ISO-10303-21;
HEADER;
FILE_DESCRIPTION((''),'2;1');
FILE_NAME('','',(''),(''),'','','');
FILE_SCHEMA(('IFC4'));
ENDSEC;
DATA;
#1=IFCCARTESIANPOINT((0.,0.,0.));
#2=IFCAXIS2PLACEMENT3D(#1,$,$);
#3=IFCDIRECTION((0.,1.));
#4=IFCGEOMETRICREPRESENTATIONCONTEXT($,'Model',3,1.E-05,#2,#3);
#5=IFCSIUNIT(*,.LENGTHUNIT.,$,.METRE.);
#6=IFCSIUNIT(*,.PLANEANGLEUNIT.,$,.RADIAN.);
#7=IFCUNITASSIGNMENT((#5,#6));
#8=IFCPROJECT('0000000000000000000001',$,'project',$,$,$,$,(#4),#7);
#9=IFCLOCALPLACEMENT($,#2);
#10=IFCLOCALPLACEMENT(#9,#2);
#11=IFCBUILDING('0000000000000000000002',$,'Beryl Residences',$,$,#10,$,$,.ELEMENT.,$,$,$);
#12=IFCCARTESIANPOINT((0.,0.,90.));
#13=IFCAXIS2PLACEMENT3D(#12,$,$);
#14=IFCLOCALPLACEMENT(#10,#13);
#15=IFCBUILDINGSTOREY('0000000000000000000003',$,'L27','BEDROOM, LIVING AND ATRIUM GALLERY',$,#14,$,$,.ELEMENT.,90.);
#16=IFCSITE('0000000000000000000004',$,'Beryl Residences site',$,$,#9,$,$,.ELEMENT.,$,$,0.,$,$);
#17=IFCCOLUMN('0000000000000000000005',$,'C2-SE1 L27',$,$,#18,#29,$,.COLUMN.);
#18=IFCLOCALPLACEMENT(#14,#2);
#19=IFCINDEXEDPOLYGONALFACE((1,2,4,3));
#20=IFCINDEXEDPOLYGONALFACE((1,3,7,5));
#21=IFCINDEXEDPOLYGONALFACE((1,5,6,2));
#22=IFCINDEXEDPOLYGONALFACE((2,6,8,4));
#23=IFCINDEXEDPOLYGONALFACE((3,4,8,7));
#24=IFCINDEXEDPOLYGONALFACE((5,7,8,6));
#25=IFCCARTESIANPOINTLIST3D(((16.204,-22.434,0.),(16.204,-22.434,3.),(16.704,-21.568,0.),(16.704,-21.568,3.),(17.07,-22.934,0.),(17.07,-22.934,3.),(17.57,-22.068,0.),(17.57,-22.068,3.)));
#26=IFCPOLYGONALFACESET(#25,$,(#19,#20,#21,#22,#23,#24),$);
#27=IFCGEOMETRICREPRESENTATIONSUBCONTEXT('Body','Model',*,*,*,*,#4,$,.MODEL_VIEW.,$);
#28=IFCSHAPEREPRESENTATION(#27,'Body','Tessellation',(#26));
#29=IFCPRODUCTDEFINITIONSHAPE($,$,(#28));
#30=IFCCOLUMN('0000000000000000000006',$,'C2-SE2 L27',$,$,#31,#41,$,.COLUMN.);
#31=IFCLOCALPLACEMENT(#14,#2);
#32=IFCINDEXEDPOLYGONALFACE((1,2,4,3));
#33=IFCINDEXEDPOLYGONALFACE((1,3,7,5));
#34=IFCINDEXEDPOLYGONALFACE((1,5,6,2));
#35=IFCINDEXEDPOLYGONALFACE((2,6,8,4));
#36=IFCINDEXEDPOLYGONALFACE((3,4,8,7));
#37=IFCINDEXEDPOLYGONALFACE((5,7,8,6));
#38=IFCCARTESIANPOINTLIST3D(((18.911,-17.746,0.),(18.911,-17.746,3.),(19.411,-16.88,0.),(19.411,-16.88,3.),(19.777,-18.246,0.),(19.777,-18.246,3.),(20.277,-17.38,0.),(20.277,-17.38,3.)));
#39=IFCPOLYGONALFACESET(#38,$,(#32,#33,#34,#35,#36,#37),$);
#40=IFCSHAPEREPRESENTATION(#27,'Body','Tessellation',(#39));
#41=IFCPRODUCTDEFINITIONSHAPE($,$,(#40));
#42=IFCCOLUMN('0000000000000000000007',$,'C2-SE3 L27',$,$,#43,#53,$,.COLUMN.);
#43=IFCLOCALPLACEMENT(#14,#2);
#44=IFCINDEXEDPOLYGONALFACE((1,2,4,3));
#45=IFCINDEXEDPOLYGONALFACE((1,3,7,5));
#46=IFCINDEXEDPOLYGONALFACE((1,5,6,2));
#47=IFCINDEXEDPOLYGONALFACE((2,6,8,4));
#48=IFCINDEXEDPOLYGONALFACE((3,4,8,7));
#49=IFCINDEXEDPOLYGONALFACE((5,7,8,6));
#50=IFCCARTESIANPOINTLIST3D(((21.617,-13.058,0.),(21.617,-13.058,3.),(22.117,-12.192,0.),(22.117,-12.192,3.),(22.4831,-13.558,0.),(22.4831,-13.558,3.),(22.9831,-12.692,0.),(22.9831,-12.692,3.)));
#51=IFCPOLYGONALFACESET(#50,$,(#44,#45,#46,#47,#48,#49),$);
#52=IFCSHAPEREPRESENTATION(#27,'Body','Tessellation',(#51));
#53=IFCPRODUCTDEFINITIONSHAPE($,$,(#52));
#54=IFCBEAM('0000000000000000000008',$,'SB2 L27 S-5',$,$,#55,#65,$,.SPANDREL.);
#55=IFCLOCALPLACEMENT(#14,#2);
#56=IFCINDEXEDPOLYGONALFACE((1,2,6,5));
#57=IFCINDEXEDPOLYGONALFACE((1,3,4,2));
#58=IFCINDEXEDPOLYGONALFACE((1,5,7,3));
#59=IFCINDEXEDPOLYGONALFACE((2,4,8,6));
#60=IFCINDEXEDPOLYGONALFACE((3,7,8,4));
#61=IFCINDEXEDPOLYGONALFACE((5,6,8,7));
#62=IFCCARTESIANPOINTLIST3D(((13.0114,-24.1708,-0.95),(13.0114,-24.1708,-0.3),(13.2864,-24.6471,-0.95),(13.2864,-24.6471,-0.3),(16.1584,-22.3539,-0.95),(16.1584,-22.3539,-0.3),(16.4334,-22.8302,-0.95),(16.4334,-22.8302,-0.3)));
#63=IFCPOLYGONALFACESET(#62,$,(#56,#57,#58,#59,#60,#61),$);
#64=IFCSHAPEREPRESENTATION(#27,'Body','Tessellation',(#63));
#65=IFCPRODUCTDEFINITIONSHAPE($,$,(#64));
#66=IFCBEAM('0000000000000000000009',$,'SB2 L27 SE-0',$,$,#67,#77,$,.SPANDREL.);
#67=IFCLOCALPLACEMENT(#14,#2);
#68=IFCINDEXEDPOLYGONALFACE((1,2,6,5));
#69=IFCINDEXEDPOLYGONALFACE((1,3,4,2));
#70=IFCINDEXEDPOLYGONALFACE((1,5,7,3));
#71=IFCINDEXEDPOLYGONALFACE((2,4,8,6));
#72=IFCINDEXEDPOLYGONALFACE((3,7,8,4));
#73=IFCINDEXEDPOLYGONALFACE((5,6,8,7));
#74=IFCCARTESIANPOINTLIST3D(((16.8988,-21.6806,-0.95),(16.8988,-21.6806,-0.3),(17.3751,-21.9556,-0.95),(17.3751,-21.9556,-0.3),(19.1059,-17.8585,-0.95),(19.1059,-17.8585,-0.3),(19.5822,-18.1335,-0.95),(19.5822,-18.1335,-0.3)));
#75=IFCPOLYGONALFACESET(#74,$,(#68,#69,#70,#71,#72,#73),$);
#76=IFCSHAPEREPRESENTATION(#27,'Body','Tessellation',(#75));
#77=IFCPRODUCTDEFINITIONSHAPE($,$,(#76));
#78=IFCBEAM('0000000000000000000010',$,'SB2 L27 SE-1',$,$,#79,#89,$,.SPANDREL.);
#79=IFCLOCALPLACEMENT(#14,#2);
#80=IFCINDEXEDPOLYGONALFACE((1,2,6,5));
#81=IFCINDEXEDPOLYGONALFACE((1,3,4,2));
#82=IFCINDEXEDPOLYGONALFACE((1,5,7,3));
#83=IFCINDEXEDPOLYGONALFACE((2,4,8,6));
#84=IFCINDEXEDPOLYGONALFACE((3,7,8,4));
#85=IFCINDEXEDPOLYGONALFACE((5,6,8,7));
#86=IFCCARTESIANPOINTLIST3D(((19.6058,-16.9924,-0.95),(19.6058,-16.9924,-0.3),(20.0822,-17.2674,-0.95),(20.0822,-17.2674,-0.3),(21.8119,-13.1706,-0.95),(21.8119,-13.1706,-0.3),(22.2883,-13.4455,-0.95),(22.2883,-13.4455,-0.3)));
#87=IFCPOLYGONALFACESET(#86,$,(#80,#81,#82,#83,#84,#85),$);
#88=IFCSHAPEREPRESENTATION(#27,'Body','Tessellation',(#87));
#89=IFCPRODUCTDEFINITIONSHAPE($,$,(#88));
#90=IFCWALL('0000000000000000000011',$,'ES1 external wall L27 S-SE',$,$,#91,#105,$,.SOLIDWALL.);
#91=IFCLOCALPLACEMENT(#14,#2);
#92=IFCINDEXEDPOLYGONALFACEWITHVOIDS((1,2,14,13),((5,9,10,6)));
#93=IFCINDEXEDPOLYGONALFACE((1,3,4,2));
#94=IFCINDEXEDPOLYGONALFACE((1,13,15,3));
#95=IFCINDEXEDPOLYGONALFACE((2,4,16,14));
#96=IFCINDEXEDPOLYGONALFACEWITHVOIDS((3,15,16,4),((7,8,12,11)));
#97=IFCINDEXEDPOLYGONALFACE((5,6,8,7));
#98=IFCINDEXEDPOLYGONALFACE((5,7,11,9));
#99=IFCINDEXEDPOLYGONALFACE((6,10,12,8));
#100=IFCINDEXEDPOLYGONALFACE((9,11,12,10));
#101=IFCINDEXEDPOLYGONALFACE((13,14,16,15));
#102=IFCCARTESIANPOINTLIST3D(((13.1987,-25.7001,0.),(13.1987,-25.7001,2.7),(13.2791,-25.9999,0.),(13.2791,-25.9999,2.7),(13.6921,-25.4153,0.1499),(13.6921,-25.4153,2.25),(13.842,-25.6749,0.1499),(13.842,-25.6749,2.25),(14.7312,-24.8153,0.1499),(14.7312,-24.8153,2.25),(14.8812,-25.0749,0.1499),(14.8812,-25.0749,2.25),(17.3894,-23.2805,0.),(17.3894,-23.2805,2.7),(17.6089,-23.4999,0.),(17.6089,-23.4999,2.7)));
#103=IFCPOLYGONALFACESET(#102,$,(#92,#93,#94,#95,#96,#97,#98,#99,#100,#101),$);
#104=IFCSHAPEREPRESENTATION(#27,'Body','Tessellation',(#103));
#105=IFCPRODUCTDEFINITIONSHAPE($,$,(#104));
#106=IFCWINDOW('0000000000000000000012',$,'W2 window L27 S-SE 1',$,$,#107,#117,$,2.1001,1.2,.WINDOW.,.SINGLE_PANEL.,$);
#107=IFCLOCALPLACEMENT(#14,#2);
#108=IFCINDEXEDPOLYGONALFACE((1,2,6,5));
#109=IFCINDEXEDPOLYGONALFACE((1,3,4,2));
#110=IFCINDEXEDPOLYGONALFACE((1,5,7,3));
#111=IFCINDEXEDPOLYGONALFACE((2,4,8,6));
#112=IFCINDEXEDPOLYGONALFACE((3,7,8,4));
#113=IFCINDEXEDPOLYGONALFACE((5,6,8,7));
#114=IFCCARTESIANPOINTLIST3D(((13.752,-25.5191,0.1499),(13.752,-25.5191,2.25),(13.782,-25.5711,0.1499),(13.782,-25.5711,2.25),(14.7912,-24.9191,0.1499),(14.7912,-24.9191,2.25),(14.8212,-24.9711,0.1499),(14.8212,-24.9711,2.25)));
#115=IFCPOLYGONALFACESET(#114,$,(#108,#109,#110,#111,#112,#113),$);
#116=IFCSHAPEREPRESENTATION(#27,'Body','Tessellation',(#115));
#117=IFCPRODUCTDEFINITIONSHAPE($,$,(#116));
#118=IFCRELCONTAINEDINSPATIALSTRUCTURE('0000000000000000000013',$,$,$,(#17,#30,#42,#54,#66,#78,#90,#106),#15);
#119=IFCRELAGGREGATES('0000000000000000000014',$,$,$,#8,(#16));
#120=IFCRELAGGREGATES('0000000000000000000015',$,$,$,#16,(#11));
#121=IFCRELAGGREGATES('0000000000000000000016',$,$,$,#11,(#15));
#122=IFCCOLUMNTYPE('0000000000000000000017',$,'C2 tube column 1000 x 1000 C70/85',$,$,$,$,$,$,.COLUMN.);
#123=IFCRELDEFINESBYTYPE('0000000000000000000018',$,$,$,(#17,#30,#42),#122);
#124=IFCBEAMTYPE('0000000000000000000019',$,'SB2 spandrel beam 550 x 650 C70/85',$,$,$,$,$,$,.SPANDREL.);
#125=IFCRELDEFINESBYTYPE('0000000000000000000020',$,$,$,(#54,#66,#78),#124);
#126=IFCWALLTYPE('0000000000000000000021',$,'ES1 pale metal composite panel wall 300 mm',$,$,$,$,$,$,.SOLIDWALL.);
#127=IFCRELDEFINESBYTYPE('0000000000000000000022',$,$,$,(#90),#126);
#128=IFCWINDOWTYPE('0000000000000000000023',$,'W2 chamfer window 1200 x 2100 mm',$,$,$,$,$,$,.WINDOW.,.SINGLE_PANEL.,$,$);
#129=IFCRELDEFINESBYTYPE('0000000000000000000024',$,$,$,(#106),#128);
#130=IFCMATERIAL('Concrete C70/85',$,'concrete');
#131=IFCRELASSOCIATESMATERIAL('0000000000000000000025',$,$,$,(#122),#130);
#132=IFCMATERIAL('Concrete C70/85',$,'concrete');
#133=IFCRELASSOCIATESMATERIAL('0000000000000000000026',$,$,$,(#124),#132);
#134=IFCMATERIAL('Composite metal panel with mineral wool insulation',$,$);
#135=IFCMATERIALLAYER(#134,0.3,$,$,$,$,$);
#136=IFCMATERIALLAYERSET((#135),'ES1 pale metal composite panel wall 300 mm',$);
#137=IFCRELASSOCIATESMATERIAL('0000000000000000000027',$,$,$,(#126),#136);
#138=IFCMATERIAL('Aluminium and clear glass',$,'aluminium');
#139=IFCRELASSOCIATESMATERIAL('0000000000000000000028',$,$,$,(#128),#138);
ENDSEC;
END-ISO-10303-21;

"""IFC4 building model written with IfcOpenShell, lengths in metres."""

from ifc_helpers import new_model, si_unit, direction, frame, frame_2d, origin, origin_2d, place, context, subcontext, project, spatial, polyline, rectangle, outline, extrude, material, layer, layer_set, material_profile, profile_set, type_object, element, fill, save


model = new_model("IFC4")

# Units and contexts
model_context = context("Model", 3, precision=1e-05, world=origin(), true_north=direction((0.0, 1.0)))
body_context = subcontext(model_context, "Body", "Model", "MODEL_VIEW")
ifc_project = project(units=[si_unit("LENGTHUNIT", "METRE"), si_unit("PLANEANGLEUNIT", "RADIAN")], contexts=[model_context])

# Site, building, storey
site_placement = place(None, origin())
site = spatial("IfcSite", under=ifc_project, at=site_placement, Name="Beryl Residences site", CompositionType="ELEMENT", RefElevation=0.0)
building_placement = place(site_placement, origin())
building = spatial("IfcBuilding", under=site, at=building_placement, Name="Beryl Residences", CompositionType="ELEMENT")
storey_placement = place(building_placement, frame((0.0, 0.0, 90.0)))
storey = spatial("IfcBuildingStorey", under=building, at=storey_placement, Name="L27", Description="BEDROOM, LIVING AND ATRIUM GALLERY", CompositionType="ELEMENT", Elevation=90.0)

# Columns
ifc_material_1 = material(Name="Concrete C70/85", Category="concrete")
ifc_material_profile_1 = material_profile(ifc_material_1, rectangle(XDim=1.0, YDim=1.0, at=origin_2d()))
ifc_profile_set_1 = profile_set([ifc_material_profile_1], Name="Concrete C70/85")
column_type = type_object("IfcColumnType", Name="C2 tube column 1000 x 1000 C70/85", PredefinedType="COLUMN", material=ifc_profile_set_1)
for number, where, z_axis, x_axis, name in (
    (1, (16.887, -22.251, 0.0), (0.0, 0.0, 1.0), (0.5, 0.866025, 0.0), "C2-SE1 L27"),
    (2, (19.594, -17.563, 0.0), (0.0, 0.0, 1.0), (0.5, 0.866025, 0.0), "C2-SE2 L27"),
    (3, (22.3, -12.875, 0.0), (0.0, 0.0, 1.0), (0.5, 0.866025, 0.0), "C2-SE3 L27"),
):
    element("IfcColumn", number, at=place(storey_placement, frame(where, z_axis=z_axis, x_axis=x_axis)), inside=storey, type_object=column_type, Name=name, PredefinedType="COLUMN", context=body_context, shape_type="SweptSolid", body=[
        extrude(rectangle(XDim=1.0, YDim=1.0, at=origin_2d()), origin(), (0.0, 0.0, 1.0), 3.0),
    ])

# Beams
ifc_material_2 = material(Name="Concrete C70/85", Category="concrete")
ifc_material_profile_2 = material_profile(ifc_material_2, rectangle(XDim=0.55, YDim=0.6499, at=origin_2d()))
ifc_profile_set_2 = profile_set([ifc_material_profile_2], Name="Concrete C70/85")
beam_type = type_object("IfcBeamType", Name="SB2 spandrel beam 550 x 650 C70/85", PredefinedType="SPANDREL", material=ifc_profile_set_2)
beam_1_placement = place(storey_placement, frame((13.1489, -24.4089, -0.625), z_axis=(0.866027, 0.499998, 0.0), x_axis=(-0.499998, 0.866027, 0.0)))
element("IfcBeam", 4, at=beam_1_placement, inside=storey, type_object=beam_type, Name="SB2 L27 S-5", PredefinedType="SPANDREL", context=body_context, shape_type="SweptSolid", body=[
    extrude(rectangle(XDim=0.55, YDim=0.6499, at=origin_2d()), origin(), (0.0, 0.0, 1.0), 3.6338),
])
beam_2_placement = place(storey_placement, frame((17.137, -21.8181, -0.625), z_axis=(0.500066, 0.865988, 0.0), x_axis=(-0.865988, 0.500066, 0.0)))
element("IfcBeam", 5, at=beam_2_placement, inside=storey, type_object=beam_type, Name="SB2 L27 SE-0", PredefinedType="SPANDREL", context=body_context, shape_type="SweptSolid", body=[
    extrude(rectangle(XDim=0.55, YDim=0.6499, at=origin_2d()), origin(), (0.0, 0.0, 1.0), 4.4136),
])
beam_3_placement = place(storey_placement, frame((19.844, -17.1299, -0.625), z_axis=(0.499924, 0.86607, 0.0), x_axis=(-0.86607, 0.499924, 0.0)))
element("IfcBeam", 6, at=beam_3_placement, inside=storey, type_object=beam_type, Name="SB2 L27 SE-1", PredefinedType="SPANDREL", context=body_context, shape_type="SweptSolid", body=[
    extrude(rectangle(XDim=0.55, YDim=0.6499, at=origin_2d()), origin(), (0.0, 0.0, 1.0), 4.4128),
])

# Wall, opening, window
ifc_material_3 = material(Name="Composite metal panel with mineral wool insulation")
ifc_layer_1 = layer(ifc_material_3, 0.3)
ifc_layer_set_1 = layer_set([ifc_layer_1], Name="ES1 pale metal composite panel wall 300 mm")
wall_type_1 = type_object("IfcWallType", Name="ES1 pale metal composite panel wall 300 mm", PredefinedType="SOLIDWALL", material=ifc_layer_set_1)
wall_1_placement = place(storey_placement, frame((13.2041, -25.8701, 0.0), z_axis=(0.0, 0.0, 1.0), x_axis=(0.866011, 0.500025, 0.0)))
wall_1 = element("IfcWall", 7, at=wall_1_placement, inside=storey, type_object=wall_type_1, Name="ES1 external wall L27 S-SE", PredefinedType="SOLIDWALL", context=body_context, shape_type="SweptSolid", body=[
    extrude(outline(polyline([(0.0, -0.1499), (4.9998, -0.1499), (4.9194, 0.1499), (0.0803, 0.1499), (0.0, -0.1499)])), origin(), (0.0, 0.0, 1.0), 2.7),
])
opening_1_placement = place(wall_1_placement, frame((0.6499, 0.0, 0.1499)))
opening_1 = element("IfcOpeningElement", 8, at=opening_1_placement, cuts=wall_1, PredefinedType="OPENING", context=body_context, shape_type="SweptSolid", body=[
    extrude(rectangle(XDim=1.2, YDim=2.1001, at=frame_2d((0.6001, 1.05))), frame((0.0, 0.1599, 0.0), z_axis=(0.0, -1.0, 0.0), x_axis=(1.0, 0.0, 0.0)), (0.0, 0.0, 1.0), 0.3201),
])
ifc_material_4 = material(Name="Aluminium and clear glass", Category="aluminium")
window_type_1 = type_object("IfcWindowType", Name="W2 chamfer window 1200 x 2100 mm", PartitioningType="SINGLE_PANEL", PredefinedType="WINDOW", material=ifc_material_4)
window_1_placement = place(opening_1_placement, origin())
window_1 = element("IfcWindow", 9, at=window_1_placement, inside=storey, type_object=window_type_1, Name="W2 window L27 S-SE 1", OverallHeight=2.1001, OverallWidth=1.2, PartitioningType="SINGLE_PANEL", PredefinedType="WINDOW", context=body_context, shape_type="SweptSolid", body=[
    extrude(rectangle(XDim=1.2, YDim=2.1001, at=frame_2d((0.6001, 1.05))), frame((0.0, 0.03, 0.0), z_axis=(0.0, -1.0, 0.0), x_axis=(1.0, 0.0, 0.0)), (0.0, 0.0, 1.0), 0.0601),
])
fill(opening_1, window_1)

save(model, "model.ifc")
